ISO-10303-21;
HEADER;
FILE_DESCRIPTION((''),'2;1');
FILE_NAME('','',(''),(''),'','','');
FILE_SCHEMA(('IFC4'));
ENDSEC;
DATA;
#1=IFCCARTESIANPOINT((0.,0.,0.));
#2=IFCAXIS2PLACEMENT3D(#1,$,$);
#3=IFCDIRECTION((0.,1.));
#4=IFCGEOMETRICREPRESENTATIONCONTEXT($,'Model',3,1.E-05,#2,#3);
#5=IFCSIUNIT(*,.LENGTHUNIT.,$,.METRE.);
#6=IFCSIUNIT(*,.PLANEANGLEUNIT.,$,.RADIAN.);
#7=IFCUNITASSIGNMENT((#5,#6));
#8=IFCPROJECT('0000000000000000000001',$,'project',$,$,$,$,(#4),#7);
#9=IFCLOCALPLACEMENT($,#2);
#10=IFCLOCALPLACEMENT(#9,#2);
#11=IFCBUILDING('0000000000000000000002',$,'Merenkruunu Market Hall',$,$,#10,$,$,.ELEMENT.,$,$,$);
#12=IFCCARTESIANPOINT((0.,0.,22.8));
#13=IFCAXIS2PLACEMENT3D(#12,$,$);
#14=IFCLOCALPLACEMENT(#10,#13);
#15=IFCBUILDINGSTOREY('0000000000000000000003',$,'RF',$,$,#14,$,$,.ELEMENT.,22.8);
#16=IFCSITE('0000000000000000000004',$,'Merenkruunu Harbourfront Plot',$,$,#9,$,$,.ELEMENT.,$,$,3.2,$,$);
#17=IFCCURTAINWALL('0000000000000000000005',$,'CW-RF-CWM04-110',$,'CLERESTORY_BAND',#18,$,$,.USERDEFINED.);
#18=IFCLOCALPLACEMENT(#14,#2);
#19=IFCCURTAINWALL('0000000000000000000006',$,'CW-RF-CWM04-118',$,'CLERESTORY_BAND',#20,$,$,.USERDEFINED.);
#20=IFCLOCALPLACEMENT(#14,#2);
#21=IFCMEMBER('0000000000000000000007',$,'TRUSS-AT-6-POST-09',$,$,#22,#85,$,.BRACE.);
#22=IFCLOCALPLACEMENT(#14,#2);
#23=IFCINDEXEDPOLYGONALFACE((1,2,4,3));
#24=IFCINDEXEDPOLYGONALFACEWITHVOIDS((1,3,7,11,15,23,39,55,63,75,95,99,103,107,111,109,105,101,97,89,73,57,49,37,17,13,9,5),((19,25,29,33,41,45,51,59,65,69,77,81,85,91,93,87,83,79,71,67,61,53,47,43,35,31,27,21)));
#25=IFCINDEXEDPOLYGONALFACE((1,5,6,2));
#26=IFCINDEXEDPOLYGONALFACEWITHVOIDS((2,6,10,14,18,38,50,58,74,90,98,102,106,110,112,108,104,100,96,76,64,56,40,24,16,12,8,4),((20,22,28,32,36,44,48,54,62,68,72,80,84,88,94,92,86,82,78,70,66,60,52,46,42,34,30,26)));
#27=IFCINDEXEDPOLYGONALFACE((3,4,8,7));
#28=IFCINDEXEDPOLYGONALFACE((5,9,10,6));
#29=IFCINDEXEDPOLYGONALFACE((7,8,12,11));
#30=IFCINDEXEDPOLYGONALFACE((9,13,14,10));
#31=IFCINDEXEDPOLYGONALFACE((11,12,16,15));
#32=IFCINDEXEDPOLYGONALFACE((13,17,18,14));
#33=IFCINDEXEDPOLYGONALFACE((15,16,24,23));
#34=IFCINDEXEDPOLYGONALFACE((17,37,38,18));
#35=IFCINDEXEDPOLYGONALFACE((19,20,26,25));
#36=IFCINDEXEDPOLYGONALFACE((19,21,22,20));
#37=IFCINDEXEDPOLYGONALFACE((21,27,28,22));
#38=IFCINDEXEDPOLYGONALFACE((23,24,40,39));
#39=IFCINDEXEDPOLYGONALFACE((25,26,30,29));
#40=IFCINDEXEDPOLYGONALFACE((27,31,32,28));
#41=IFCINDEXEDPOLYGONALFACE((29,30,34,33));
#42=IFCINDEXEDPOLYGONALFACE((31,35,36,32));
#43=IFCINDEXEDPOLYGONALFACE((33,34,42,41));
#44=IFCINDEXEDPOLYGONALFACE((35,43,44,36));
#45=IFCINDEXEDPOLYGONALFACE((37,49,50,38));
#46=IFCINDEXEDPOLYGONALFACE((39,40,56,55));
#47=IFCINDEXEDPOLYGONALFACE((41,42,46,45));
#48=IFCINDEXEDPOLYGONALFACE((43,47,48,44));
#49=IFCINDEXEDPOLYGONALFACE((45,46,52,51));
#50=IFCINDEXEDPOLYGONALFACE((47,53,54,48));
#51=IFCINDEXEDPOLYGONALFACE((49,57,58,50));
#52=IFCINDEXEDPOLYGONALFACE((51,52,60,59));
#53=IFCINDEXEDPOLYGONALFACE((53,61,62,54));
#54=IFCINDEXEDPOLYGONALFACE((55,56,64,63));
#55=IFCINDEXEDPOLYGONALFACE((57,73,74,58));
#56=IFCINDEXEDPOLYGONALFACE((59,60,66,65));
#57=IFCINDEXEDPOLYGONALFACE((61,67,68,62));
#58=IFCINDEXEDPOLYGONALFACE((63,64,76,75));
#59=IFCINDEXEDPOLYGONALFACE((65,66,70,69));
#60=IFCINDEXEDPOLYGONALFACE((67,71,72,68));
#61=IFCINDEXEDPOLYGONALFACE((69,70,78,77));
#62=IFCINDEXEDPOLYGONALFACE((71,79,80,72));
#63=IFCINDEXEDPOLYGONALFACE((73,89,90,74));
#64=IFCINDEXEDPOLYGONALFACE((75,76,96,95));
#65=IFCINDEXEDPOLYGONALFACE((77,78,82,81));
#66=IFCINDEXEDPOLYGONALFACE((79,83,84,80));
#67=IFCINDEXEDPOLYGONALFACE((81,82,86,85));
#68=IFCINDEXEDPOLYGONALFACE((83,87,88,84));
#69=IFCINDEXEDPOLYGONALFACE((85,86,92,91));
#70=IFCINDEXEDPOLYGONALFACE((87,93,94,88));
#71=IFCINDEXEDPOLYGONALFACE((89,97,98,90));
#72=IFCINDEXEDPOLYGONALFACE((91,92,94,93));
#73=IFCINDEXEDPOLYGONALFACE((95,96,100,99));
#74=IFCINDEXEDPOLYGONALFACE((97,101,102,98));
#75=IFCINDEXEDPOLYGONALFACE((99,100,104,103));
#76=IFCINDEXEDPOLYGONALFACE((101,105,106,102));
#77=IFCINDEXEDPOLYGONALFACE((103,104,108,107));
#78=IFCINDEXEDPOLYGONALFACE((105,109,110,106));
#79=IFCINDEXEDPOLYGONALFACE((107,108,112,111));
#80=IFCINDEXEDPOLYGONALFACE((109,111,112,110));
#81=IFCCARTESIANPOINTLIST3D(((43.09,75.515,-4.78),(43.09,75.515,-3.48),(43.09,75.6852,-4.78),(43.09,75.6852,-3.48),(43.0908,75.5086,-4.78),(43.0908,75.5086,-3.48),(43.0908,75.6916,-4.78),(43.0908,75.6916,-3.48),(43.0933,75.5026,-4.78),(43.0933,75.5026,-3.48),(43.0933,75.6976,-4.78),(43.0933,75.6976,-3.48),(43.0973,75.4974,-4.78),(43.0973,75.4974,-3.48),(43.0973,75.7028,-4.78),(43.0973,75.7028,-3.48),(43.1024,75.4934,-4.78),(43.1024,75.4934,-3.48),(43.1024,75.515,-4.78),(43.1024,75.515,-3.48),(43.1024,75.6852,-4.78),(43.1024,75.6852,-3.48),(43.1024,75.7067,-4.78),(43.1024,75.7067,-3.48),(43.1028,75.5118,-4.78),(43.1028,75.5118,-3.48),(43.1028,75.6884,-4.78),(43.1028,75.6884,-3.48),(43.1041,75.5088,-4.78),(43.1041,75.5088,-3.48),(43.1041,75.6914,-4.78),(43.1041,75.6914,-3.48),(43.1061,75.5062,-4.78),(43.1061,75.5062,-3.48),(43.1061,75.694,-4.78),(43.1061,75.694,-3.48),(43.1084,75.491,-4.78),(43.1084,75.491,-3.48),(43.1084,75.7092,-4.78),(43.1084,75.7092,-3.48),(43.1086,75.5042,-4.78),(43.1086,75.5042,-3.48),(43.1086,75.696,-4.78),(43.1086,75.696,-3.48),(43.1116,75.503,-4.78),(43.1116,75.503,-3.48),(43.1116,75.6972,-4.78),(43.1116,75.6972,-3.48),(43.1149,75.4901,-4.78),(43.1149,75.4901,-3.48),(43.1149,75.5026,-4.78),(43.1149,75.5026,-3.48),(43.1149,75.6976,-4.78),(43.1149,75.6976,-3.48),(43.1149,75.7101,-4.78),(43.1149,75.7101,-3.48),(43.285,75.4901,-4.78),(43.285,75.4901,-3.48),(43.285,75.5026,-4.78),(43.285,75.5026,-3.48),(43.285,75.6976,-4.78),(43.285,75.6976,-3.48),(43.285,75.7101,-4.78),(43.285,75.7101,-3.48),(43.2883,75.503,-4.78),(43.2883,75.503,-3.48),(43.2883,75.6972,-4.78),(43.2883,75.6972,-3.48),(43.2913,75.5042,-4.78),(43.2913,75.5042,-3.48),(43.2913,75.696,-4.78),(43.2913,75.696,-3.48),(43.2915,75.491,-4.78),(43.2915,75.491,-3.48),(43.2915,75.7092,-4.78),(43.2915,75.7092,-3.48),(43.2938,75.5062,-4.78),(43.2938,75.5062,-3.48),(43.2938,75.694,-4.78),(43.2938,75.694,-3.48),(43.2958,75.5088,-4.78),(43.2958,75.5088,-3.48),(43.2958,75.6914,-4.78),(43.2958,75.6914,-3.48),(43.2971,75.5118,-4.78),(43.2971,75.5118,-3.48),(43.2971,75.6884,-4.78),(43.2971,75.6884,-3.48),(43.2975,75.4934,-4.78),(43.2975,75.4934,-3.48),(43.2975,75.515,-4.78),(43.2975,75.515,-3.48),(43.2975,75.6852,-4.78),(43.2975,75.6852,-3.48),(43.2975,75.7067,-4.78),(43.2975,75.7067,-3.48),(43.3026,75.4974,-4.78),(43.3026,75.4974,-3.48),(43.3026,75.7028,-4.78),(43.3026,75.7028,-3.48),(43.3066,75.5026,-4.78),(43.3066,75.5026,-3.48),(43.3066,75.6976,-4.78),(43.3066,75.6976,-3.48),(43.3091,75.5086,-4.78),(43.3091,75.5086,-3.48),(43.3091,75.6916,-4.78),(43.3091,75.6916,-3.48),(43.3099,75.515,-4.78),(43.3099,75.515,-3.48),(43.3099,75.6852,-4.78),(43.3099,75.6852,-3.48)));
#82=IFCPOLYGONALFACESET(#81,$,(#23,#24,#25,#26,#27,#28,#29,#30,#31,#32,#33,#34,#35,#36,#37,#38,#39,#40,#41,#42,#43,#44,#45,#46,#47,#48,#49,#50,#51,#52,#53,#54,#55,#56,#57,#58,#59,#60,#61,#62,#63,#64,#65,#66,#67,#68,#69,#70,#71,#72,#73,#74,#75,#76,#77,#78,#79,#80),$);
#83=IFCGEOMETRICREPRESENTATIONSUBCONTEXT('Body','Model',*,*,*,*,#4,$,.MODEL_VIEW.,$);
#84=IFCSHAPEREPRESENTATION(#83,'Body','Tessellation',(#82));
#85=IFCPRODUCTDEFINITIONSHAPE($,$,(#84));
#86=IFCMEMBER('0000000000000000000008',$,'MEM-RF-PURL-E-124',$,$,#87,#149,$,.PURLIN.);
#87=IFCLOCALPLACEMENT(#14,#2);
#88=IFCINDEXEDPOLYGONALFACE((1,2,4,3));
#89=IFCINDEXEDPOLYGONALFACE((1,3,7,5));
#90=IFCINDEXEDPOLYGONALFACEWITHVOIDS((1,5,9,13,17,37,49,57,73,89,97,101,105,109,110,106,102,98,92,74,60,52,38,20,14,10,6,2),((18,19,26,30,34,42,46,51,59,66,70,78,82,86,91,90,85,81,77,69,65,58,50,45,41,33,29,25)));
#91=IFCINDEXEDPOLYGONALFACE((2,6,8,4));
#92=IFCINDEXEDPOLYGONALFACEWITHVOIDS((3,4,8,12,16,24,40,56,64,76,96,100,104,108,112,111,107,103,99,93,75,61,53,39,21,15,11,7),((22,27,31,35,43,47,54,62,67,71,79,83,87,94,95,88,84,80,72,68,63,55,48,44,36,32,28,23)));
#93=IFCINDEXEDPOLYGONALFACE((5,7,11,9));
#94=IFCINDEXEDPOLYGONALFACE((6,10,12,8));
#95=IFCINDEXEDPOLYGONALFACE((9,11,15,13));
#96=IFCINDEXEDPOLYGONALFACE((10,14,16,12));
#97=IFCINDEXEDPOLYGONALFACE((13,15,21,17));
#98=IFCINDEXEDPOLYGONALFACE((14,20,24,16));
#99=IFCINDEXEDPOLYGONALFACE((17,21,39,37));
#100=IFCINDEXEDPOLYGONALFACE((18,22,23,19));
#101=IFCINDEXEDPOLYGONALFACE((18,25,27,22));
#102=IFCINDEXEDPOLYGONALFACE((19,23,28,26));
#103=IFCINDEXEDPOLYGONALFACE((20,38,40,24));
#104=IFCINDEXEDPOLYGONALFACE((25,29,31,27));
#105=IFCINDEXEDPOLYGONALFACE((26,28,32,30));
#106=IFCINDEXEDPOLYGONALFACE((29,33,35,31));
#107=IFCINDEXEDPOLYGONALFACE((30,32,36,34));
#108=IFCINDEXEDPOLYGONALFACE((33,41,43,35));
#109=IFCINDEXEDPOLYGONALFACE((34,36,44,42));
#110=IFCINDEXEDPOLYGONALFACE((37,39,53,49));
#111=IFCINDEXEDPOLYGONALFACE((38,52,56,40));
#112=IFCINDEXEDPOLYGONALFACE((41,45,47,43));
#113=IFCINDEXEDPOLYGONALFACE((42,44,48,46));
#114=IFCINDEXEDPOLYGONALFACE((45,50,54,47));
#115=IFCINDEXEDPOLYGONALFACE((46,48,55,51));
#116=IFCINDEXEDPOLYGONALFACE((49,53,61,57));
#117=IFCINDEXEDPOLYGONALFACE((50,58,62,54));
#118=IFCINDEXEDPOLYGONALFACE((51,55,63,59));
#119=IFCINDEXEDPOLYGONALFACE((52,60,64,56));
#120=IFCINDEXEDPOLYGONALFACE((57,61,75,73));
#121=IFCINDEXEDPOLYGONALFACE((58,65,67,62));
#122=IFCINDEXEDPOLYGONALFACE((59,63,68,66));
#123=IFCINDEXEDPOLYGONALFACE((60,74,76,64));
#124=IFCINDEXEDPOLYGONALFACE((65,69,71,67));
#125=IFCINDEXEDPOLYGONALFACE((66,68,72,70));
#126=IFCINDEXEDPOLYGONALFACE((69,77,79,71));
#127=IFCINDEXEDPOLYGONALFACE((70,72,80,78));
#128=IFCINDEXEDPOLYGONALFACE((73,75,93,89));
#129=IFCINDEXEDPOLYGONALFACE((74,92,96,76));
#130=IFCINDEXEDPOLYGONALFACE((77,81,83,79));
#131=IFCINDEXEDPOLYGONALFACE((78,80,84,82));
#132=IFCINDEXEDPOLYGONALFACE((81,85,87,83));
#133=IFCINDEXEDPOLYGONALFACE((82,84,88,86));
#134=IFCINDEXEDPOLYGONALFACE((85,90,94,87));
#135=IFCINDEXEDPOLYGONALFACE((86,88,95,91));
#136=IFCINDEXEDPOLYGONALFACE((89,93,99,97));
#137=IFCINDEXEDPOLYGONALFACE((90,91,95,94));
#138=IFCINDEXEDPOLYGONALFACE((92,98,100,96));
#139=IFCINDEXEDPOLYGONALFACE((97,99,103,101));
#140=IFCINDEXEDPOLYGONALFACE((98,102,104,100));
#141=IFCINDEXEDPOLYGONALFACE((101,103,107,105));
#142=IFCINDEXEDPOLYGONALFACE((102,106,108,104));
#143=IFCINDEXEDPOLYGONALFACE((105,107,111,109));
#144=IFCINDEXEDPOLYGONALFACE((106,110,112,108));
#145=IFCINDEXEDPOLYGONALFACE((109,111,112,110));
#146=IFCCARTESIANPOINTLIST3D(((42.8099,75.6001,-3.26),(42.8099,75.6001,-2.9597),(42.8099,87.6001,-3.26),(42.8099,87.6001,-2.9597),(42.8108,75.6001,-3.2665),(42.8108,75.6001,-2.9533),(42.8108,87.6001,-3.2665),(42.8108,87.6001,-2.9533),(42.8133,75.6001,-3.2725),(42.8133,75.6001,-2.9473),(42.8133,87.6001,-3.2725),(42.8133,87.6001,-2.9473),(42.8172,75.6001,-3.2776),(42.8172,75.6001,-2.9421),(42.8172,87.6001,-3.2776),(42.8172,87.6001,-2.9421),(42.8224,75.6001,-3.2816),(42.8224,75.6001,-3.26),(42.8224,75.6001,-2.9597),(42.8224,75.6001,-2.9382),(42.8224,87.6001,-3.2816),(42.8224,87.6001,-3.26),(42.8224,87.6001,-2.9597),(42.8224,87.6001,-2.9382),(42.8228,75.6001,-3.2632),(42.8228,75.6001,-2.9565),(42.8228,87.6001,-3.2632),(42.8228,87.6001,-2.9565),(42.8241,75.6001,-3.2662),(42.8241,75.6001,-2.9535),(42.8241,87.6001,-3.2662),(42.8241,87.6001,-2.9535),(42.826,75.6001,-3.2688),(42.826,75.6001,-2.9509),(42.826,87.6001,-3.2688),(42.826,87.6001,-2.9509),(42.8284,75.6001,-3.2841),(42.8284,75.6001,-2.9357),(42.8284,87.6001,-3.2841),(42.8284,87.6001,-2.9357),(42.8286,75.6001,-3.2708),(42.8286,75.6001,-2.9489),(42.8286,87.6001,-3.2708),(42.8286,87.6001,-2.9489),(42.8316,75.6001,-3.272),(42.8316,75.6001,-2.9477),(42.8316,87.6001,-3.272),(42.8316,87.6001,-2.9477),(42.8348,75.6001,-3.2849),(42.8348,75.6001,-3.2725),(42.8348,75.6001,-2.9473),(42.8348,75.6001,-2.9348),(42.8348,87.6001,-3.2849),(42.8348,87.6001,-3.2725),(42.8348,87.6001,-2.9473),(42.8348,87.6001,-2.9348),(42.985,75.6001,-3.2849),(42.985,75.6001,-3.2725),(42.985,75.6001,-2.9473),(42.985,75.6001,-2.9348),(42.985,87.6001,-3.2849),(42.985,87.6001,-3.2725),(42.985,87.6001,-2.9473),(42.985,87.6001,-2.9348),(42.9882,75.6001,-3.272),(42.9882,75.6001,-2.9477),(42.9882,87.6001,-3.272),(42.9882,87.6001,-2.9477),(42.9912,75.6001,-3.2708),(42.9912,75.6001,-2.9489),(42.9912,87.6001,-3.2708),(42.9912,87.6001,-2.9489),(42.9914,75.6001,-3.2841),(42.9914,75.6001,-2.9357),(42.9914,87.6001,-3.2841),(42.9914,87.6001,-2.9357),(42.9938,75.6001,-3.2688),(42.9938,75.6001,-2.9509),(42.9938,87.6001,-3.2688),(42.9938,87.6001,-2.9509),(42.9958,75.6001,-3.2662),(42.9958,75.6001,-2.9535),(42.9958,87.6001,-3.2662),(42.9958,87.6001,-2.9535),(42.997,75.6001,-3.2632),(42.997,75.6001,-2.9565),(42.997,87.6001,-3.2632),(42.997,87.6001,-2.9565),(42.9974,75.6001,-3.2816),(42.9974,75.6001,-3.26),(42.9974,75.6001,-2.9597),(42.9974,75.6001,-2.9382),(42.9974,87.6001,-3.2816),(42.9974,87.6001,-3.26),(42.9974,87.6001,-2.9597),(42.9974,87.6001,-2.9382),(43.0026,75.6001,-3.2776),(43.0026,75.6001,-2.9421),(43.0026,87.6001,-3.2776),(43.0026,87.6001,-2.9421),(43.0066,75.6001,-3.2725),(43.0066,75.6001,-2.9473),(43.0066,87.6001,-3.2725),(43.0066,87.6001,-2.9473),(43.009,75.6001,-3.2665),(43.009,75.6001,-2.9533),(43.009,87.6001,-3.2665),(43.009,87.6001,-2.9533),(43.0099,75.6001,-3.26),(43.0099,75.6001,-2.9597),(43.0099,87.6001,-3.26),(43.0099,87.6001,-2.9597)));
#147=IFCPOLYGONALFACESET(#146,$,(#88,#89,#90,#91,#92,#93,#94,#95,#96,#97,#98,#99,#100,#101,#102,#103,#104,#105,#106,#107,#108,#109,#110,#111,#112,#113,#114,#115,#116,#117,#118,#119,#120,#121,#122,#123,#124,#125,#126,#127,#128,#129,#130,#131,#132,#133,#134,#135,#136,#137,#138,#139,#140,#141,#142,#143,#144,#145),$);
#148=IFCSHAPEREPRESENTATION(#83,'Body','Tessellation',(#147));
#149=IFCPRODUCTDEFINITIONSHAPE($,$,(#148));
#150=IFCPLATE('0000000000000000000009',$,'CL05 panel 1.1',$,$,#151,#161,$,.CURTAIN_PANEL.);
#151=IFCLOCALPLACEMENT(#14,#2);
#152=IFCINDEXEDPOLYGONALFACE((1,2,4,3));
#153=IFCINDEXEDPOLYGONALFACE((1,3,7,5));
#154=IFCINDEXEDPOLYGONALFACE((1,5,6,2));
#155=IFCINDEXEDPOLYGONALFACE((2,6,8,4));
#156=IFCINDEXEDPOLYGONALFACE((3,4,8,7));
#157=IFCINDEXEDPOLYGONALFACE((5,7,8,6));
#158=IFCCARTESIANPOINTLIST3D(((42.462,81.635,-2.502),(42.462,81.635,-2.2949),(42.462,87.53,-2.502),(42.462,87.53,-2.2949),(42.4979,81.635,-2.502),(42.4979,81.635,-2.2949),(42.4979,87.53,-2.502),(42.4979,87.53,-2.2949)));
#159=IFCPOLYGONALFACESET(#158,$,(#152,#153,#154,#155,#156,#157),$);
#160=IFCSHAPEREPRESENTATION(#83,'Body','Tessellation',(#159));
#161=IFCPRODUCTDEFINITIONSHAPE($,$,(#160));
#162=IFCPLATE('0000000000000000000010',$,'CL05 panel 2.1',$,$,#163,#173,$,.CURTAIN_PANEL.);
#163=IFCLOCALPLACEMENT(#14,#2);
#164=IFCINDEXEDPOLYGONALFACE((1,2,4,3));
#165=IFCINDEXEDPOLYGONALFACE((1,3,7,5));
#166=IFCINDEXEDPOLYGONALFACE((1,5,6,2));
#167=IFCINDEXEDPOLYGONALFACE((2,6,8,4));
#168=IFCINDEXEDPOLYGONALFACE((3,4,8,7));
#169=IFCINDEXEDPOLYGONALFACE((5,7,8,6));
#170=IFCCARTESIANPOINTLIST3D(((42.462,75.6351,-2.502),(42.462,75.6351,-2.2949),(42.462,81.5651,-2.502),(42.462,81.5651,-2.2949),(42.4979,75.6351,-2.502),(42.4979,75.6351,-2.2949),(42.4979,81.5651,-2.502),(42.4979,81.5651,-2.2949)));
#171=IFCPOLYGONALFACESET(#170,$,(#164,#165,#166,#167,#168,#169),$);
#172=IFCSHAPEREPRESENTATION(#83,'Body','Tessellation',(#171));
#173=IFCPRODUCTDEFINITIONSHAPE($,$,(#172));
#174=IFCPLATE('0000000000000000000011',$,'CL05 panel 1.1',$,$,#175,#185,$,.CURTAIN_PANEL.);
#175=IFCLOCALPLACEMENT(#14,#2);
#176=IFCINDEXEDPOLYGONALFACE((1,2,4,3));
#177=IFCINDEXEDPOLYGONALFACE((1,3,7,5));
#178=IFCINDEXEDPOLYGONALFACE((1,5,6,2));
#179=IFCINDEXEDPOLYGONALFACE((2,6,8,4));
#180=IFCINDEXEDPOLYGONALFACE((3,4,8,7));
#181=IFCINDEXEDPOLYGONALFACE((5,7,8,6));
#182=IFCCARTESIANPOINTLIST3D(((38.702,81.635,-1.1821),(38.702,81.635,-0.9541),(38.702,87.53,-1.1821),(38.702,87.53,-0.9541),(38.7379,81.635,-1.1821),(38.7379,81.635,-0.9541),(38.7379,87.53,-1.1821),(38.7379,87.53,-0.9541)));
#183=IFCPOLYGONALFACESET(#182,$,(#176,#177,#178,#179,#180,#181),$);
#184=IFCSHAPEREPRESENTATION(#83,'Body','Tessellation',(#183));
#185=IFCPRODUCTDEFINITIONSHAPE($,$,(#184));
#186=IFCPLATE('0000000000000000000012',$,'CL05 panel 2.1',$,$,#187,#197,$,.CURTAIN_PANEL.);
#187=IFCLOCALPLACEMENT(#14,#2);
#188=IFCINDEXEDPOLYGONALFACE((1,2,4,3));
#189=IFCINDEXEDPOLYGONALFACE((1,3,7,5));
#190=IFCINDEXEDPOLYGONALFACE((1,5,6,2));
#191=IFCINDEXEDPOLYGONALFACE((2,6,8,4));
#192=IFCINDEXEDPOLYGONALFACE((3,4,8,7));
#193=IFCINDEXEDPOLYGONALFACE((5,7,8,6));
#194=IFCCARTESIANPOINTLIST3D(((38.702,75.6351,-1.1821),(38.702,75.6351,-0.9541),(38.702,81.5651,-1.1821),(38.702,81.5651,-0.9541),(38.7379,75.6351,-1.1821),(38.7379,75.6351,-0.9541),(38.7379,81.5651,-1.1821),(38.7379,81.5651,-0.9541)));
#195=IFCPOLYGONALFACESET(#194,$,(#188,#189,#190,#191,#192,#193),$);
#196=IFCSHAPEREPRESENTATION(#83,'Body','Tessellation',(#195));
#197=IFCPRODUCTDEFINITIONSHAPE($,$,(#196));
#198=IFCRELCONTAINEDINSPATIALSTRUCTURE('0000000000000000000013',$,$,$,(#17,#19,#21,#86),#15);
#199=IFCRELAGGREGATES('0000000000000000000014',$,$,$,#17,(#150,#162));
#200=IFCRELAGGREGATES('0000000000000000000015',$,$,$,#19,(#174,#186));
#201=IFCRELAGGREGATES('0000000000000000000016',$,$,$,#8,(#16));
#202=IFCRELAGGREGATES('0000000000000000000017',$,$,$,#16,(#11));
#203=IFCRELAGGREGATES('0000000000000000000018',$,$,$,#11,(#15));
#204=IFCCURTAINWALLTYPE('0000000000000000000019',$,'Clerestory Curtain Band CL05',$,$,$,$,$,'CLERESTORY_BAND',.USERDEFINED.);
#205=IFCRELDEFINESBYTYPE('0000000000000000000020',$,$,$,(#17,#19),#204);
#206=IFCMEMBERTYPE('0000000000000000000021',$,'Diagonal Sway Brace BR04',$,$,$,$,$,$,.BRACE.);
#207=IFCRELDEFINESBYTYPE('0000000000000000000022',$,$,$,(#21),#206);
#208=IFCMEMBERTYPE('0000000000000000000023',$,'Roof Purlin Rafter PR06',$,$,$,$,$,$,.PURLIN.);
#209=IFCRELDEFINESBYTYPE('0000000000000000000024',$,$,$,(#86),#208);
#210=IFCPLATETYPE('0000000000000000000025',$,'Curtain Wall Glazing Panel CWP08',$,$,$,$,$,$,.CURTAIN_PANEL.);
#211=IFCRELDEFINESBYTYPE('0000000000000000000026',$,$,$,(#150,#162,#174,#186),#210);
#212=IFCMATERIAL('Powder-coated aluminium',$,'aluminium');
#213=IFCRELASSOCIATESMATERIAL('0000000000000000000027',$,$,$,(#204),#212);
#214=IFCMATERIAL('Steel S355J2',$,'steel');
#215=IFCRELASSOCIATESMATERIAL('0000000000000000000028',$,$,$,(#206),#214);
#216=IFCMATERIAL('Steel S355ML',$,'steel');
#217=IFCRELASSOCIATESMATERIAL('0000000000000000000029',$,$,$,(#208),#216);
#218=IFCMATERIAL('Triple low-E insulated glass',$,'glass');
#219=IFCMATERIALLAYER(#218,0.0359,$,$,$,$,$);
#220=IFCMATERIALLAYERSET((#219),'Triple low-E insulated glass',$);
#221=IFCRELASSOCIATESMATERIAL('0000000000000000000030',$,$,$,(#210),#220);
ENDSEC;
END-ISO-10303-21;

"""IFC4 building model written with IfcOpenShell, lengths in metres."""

from ifc_helpers import new_model, si_unit, direction, frame, origin, origin_2d, place, context, subcontext, project, spatial, rectangle, hollow_rectangle, extrude, material, layer, layer_set, material_profile, profile_set, type_object, element, aggregate, save


model = new_model("IFC4")

# Units and contexts
model_context = context("Model", 3, precision=1e-05, world=origin(), true_north=direction((0.0, 1.0)))
body_context = subcontext(model_context, "Body", "Model", "MODEL_VIEW")
ifc_project = project(units=[si_unit("LENGTHUNIT", "METRE"), si_unit("PLANEANGLEUNIT", "RADIAN")], contexts=[model_context])

# Site, building, storey
site_placement = place(None, origin())
site = spatial("IfcSite", under=ifc_project, at=site_placement, Name="Merenkruunu Harbourfront Plot", CompositionType="ELEMENT", RefElevation=3.2)
building_placement = place(site_placement, origin())
building = spatial("IfcBuilding", under=site, at=building_placement, Name="Merenkruunu Market Hall", CompositionType="ELEMENT")
storey_placement = place(building_placement, frame((0.0, 0.0, 22.8)))
storey = spatial("IfcBuildingStorey", under=building, at=storey_placement, Name="RF", CompositionType="ELEMENT", Elevation=22.8)

# Shared definitions
ifc_material_1 = material(Name="Steel S355ML", Category="steel")

# Curtain walls
ifc_material_2 = material(Name="Powder-coated aluminium", Category="aluminium")
curtain_wall_type = type_object("IfcCurtainWallType", Name="Clerestory Curtain Band CL05", ElementType="CLERESTORY_BAND", PredefinedType="USERDEFINED", material=ifc_material_2)
curtain_wall_1_placement = place(storey_placement, origin())
curtain_wall_1 = element("IfcCurtainWall", 1, at=curtain_wall_1_placement, inside=storey, type_object=curtain_wall_type, Name="CW-RF-CWM04-110", ObjectType="CLERESTORY_BAND", PredefinedType="USERDEFINED")
curtain_wall_2_placement = place(storey_placement, origin())
curtain_wall_2 = element("IfcCurtainWall", 2, at=curtain_wall_2_placement, inside=storey, type_object=curtain_wall_type, Name="CW-RF-CWM04-118", ObjectType="CLERESTORY_BAND", PredefinedType="USERDEFINED")

# Members
ifc_material_3 = material(Name="Steel S355J2", Category="steel")
ifc_material_profile_1 = material_profile(ifc_material_3, hollow_rectangle(XDim=0.22, YDim=0.22, WallThickness=0.0125, InnerFilletRadius=0.0125, OuterFilletRadius=0.0249, at=origin_2d()), Name="SHS 220x220x12.5")
ifc_profile_set_1 = profile_set([ifc_material_profile_1], Name="Steel S355J2")
member_type_1 = type_object("IfcMemberType", Name="Diagonal Sway Brace BR04", PredefinedType="BRACE", material=ifc_profile_set_1)
member_1_placement = place(storey_placement, frame((43.2, 75.6001, -4.78), z_axis=(0.0, 0.0, 1.0), x_axis=(1.0, 0.0, 0.0)))
element("IfcMember", 3, at=member_1_placement, inside=storey, type_object=member_type_1, Name="TRUSS-AT-6-POST-09", PredefinedType="BRACE", context=body_context, shape_type="SweptSolid", body=[
    extrude(hollow_rectangle(XDim=0.22, YDim=0.22, WallThickness=0.0125, InnerFilletRadius=0.0125, OuterFilletRadius=0.0249, at=origin_2d()), origin(), (0.0, 0.0, 1.0), 1.3),
])
ifc_material_profile_2 = material_profile(ifc_material_1, hollow_rectangle(XDim=0.2, YDim=0.3501, WallThickness=0.0125, InnerFilletRadius=0.0125, OuterFilletRadius=0.0249, at=origin_2d()), Name="RHS 350x200x12.5")
ifc_profile_set_2 = profile_set([ifc_material_profile_2], Name="Steel S355ML")
member_type_2 = type_object("IfcMemberType", Name="Roof Purlin Rafter PR06", PredefinedType="PURLIN", material=ifc_profile_set_2)
member_2_placement = place(storey_placement, frame((42.9099, 75.6001, -3.1099), z_axis=(0.0, 1.0, 0.0), x_axis=(-1.0, 0.0, 0.0)))
element("IfcMember", 4, at=member_2_placement, inside=storey, type_object=member_type_2, Name="MEM-RF-PURL-E-124", PredefinedType="PURLIN", context=body_context, shape_type="SweptSolid", body=[
    extrude(hollow_rectangle(XDim=0.2, YDim=0.3501, WallThickness=0.0125, InnerFilletRadius=0.0125, OuterFilletRadius=0.0249, at=origin_2d()), origin(), (0.0, 0.0, 1.0), 12.0),
])

# Plates
ifc_material_4 = material(Name="Triple low-E insulated glass", Category="glass")
ifc_layer_1 = layer(ifc_material_4, 0.0359)
ifc_layer_set_1 = layer_set([ifc_layer_1], Name="Triple low-E insulated glass")
plate_type_1 = type_object("IfcPlateType", Name="Curtain Wall Glazing Panel CWP08", PredefinedType="CURTAIN_PANEL", material=ifc_layer_set_1)
plate_1_placement = place(storey_placement, frame((42.48, 84.5825, -2.502), z_axis=(0.0, 0.0, 1.0), x_axis=(0.0, -1.0, 0.0)))
plate_1 = element("IfcPlate", 5, at=plate_1_placement, type_object=plate_type_1, Name="CL05 panel 1.1", PredefinedType="CURTAIN_PANEL", context=body_context, shape_type="SweptSolid", body=[
    extrude(rectangle(XDim=5.895, YDim=0.0359, at=origin_2d()), origin(), (0.0, 0.0, 1.0), 0.207),
])
plate_2_placement = place(storey_placement, frame((42.48, 78.6001, -2.502), z_axis=(0.0, 0.0, 1.0), x_axis=(0.0, -1.0, 0.0)))
plate_2 = element("IfcPlate", 6, at=plate_2_placement, type_object=plate_type_1, Name="CL05 panel 2.1", PredefinedType="CURTAIN_PANEL", context=body_context, shape_type="SweptSolid", body=[
    extrude(rectangle(XDim=5.9299, YDim=0.0359, at=origin_2d()), origin(), (0.0, 0.0, 1.0), 0.207),
])
aggregate(curtain_wall_1, [plate_1, plate_2])
plate_3_placement = place(storey_placement, frame((38.72, 84.5825, -1.1821), z_axis=(0.0, 0.0, 1.0), x_axis=(0.0, -1.0, 0.0)))
plate_3 = element("IfcPlate", 7, at=plate_3_placement, type_object=plate_type_1, Name="CL05 panel 1.1", PredefinedType="CURTAIN_PANEL", context=body_context, shape_type="SweptSolid", body=[
    extrude(rectangle(XDim=5.895, YDim=0.0359, at=origin_2d()), origin(), (0.0, 0.0, 1.0), 0.228),
])
plate_4_placement = place(storey_placement, frame((38.72, 78.6001, -1.1821), z_axis=(0.0, 0.0, 1.0), x_axis=(0.0, -1.0, 0.0)))
plate_4 = element("IfcPlate", 8, at=plate_4_placement, type_object=plate_type_1, Name="CL05 panel 2.1", PredefinedType="CURTAIN_PANEL", context=body_context, shape_type="SweptSolid", body=[
    extrude(rectangle(XDim=5.9299, YDim=0.0359, at=origin_2d()), origin(), (0.0, 0.0, 1.0), 0.228),
])
aggregate(curtain_wall_2, [plate_3, plate_4])

save(model, "model.ifc")
